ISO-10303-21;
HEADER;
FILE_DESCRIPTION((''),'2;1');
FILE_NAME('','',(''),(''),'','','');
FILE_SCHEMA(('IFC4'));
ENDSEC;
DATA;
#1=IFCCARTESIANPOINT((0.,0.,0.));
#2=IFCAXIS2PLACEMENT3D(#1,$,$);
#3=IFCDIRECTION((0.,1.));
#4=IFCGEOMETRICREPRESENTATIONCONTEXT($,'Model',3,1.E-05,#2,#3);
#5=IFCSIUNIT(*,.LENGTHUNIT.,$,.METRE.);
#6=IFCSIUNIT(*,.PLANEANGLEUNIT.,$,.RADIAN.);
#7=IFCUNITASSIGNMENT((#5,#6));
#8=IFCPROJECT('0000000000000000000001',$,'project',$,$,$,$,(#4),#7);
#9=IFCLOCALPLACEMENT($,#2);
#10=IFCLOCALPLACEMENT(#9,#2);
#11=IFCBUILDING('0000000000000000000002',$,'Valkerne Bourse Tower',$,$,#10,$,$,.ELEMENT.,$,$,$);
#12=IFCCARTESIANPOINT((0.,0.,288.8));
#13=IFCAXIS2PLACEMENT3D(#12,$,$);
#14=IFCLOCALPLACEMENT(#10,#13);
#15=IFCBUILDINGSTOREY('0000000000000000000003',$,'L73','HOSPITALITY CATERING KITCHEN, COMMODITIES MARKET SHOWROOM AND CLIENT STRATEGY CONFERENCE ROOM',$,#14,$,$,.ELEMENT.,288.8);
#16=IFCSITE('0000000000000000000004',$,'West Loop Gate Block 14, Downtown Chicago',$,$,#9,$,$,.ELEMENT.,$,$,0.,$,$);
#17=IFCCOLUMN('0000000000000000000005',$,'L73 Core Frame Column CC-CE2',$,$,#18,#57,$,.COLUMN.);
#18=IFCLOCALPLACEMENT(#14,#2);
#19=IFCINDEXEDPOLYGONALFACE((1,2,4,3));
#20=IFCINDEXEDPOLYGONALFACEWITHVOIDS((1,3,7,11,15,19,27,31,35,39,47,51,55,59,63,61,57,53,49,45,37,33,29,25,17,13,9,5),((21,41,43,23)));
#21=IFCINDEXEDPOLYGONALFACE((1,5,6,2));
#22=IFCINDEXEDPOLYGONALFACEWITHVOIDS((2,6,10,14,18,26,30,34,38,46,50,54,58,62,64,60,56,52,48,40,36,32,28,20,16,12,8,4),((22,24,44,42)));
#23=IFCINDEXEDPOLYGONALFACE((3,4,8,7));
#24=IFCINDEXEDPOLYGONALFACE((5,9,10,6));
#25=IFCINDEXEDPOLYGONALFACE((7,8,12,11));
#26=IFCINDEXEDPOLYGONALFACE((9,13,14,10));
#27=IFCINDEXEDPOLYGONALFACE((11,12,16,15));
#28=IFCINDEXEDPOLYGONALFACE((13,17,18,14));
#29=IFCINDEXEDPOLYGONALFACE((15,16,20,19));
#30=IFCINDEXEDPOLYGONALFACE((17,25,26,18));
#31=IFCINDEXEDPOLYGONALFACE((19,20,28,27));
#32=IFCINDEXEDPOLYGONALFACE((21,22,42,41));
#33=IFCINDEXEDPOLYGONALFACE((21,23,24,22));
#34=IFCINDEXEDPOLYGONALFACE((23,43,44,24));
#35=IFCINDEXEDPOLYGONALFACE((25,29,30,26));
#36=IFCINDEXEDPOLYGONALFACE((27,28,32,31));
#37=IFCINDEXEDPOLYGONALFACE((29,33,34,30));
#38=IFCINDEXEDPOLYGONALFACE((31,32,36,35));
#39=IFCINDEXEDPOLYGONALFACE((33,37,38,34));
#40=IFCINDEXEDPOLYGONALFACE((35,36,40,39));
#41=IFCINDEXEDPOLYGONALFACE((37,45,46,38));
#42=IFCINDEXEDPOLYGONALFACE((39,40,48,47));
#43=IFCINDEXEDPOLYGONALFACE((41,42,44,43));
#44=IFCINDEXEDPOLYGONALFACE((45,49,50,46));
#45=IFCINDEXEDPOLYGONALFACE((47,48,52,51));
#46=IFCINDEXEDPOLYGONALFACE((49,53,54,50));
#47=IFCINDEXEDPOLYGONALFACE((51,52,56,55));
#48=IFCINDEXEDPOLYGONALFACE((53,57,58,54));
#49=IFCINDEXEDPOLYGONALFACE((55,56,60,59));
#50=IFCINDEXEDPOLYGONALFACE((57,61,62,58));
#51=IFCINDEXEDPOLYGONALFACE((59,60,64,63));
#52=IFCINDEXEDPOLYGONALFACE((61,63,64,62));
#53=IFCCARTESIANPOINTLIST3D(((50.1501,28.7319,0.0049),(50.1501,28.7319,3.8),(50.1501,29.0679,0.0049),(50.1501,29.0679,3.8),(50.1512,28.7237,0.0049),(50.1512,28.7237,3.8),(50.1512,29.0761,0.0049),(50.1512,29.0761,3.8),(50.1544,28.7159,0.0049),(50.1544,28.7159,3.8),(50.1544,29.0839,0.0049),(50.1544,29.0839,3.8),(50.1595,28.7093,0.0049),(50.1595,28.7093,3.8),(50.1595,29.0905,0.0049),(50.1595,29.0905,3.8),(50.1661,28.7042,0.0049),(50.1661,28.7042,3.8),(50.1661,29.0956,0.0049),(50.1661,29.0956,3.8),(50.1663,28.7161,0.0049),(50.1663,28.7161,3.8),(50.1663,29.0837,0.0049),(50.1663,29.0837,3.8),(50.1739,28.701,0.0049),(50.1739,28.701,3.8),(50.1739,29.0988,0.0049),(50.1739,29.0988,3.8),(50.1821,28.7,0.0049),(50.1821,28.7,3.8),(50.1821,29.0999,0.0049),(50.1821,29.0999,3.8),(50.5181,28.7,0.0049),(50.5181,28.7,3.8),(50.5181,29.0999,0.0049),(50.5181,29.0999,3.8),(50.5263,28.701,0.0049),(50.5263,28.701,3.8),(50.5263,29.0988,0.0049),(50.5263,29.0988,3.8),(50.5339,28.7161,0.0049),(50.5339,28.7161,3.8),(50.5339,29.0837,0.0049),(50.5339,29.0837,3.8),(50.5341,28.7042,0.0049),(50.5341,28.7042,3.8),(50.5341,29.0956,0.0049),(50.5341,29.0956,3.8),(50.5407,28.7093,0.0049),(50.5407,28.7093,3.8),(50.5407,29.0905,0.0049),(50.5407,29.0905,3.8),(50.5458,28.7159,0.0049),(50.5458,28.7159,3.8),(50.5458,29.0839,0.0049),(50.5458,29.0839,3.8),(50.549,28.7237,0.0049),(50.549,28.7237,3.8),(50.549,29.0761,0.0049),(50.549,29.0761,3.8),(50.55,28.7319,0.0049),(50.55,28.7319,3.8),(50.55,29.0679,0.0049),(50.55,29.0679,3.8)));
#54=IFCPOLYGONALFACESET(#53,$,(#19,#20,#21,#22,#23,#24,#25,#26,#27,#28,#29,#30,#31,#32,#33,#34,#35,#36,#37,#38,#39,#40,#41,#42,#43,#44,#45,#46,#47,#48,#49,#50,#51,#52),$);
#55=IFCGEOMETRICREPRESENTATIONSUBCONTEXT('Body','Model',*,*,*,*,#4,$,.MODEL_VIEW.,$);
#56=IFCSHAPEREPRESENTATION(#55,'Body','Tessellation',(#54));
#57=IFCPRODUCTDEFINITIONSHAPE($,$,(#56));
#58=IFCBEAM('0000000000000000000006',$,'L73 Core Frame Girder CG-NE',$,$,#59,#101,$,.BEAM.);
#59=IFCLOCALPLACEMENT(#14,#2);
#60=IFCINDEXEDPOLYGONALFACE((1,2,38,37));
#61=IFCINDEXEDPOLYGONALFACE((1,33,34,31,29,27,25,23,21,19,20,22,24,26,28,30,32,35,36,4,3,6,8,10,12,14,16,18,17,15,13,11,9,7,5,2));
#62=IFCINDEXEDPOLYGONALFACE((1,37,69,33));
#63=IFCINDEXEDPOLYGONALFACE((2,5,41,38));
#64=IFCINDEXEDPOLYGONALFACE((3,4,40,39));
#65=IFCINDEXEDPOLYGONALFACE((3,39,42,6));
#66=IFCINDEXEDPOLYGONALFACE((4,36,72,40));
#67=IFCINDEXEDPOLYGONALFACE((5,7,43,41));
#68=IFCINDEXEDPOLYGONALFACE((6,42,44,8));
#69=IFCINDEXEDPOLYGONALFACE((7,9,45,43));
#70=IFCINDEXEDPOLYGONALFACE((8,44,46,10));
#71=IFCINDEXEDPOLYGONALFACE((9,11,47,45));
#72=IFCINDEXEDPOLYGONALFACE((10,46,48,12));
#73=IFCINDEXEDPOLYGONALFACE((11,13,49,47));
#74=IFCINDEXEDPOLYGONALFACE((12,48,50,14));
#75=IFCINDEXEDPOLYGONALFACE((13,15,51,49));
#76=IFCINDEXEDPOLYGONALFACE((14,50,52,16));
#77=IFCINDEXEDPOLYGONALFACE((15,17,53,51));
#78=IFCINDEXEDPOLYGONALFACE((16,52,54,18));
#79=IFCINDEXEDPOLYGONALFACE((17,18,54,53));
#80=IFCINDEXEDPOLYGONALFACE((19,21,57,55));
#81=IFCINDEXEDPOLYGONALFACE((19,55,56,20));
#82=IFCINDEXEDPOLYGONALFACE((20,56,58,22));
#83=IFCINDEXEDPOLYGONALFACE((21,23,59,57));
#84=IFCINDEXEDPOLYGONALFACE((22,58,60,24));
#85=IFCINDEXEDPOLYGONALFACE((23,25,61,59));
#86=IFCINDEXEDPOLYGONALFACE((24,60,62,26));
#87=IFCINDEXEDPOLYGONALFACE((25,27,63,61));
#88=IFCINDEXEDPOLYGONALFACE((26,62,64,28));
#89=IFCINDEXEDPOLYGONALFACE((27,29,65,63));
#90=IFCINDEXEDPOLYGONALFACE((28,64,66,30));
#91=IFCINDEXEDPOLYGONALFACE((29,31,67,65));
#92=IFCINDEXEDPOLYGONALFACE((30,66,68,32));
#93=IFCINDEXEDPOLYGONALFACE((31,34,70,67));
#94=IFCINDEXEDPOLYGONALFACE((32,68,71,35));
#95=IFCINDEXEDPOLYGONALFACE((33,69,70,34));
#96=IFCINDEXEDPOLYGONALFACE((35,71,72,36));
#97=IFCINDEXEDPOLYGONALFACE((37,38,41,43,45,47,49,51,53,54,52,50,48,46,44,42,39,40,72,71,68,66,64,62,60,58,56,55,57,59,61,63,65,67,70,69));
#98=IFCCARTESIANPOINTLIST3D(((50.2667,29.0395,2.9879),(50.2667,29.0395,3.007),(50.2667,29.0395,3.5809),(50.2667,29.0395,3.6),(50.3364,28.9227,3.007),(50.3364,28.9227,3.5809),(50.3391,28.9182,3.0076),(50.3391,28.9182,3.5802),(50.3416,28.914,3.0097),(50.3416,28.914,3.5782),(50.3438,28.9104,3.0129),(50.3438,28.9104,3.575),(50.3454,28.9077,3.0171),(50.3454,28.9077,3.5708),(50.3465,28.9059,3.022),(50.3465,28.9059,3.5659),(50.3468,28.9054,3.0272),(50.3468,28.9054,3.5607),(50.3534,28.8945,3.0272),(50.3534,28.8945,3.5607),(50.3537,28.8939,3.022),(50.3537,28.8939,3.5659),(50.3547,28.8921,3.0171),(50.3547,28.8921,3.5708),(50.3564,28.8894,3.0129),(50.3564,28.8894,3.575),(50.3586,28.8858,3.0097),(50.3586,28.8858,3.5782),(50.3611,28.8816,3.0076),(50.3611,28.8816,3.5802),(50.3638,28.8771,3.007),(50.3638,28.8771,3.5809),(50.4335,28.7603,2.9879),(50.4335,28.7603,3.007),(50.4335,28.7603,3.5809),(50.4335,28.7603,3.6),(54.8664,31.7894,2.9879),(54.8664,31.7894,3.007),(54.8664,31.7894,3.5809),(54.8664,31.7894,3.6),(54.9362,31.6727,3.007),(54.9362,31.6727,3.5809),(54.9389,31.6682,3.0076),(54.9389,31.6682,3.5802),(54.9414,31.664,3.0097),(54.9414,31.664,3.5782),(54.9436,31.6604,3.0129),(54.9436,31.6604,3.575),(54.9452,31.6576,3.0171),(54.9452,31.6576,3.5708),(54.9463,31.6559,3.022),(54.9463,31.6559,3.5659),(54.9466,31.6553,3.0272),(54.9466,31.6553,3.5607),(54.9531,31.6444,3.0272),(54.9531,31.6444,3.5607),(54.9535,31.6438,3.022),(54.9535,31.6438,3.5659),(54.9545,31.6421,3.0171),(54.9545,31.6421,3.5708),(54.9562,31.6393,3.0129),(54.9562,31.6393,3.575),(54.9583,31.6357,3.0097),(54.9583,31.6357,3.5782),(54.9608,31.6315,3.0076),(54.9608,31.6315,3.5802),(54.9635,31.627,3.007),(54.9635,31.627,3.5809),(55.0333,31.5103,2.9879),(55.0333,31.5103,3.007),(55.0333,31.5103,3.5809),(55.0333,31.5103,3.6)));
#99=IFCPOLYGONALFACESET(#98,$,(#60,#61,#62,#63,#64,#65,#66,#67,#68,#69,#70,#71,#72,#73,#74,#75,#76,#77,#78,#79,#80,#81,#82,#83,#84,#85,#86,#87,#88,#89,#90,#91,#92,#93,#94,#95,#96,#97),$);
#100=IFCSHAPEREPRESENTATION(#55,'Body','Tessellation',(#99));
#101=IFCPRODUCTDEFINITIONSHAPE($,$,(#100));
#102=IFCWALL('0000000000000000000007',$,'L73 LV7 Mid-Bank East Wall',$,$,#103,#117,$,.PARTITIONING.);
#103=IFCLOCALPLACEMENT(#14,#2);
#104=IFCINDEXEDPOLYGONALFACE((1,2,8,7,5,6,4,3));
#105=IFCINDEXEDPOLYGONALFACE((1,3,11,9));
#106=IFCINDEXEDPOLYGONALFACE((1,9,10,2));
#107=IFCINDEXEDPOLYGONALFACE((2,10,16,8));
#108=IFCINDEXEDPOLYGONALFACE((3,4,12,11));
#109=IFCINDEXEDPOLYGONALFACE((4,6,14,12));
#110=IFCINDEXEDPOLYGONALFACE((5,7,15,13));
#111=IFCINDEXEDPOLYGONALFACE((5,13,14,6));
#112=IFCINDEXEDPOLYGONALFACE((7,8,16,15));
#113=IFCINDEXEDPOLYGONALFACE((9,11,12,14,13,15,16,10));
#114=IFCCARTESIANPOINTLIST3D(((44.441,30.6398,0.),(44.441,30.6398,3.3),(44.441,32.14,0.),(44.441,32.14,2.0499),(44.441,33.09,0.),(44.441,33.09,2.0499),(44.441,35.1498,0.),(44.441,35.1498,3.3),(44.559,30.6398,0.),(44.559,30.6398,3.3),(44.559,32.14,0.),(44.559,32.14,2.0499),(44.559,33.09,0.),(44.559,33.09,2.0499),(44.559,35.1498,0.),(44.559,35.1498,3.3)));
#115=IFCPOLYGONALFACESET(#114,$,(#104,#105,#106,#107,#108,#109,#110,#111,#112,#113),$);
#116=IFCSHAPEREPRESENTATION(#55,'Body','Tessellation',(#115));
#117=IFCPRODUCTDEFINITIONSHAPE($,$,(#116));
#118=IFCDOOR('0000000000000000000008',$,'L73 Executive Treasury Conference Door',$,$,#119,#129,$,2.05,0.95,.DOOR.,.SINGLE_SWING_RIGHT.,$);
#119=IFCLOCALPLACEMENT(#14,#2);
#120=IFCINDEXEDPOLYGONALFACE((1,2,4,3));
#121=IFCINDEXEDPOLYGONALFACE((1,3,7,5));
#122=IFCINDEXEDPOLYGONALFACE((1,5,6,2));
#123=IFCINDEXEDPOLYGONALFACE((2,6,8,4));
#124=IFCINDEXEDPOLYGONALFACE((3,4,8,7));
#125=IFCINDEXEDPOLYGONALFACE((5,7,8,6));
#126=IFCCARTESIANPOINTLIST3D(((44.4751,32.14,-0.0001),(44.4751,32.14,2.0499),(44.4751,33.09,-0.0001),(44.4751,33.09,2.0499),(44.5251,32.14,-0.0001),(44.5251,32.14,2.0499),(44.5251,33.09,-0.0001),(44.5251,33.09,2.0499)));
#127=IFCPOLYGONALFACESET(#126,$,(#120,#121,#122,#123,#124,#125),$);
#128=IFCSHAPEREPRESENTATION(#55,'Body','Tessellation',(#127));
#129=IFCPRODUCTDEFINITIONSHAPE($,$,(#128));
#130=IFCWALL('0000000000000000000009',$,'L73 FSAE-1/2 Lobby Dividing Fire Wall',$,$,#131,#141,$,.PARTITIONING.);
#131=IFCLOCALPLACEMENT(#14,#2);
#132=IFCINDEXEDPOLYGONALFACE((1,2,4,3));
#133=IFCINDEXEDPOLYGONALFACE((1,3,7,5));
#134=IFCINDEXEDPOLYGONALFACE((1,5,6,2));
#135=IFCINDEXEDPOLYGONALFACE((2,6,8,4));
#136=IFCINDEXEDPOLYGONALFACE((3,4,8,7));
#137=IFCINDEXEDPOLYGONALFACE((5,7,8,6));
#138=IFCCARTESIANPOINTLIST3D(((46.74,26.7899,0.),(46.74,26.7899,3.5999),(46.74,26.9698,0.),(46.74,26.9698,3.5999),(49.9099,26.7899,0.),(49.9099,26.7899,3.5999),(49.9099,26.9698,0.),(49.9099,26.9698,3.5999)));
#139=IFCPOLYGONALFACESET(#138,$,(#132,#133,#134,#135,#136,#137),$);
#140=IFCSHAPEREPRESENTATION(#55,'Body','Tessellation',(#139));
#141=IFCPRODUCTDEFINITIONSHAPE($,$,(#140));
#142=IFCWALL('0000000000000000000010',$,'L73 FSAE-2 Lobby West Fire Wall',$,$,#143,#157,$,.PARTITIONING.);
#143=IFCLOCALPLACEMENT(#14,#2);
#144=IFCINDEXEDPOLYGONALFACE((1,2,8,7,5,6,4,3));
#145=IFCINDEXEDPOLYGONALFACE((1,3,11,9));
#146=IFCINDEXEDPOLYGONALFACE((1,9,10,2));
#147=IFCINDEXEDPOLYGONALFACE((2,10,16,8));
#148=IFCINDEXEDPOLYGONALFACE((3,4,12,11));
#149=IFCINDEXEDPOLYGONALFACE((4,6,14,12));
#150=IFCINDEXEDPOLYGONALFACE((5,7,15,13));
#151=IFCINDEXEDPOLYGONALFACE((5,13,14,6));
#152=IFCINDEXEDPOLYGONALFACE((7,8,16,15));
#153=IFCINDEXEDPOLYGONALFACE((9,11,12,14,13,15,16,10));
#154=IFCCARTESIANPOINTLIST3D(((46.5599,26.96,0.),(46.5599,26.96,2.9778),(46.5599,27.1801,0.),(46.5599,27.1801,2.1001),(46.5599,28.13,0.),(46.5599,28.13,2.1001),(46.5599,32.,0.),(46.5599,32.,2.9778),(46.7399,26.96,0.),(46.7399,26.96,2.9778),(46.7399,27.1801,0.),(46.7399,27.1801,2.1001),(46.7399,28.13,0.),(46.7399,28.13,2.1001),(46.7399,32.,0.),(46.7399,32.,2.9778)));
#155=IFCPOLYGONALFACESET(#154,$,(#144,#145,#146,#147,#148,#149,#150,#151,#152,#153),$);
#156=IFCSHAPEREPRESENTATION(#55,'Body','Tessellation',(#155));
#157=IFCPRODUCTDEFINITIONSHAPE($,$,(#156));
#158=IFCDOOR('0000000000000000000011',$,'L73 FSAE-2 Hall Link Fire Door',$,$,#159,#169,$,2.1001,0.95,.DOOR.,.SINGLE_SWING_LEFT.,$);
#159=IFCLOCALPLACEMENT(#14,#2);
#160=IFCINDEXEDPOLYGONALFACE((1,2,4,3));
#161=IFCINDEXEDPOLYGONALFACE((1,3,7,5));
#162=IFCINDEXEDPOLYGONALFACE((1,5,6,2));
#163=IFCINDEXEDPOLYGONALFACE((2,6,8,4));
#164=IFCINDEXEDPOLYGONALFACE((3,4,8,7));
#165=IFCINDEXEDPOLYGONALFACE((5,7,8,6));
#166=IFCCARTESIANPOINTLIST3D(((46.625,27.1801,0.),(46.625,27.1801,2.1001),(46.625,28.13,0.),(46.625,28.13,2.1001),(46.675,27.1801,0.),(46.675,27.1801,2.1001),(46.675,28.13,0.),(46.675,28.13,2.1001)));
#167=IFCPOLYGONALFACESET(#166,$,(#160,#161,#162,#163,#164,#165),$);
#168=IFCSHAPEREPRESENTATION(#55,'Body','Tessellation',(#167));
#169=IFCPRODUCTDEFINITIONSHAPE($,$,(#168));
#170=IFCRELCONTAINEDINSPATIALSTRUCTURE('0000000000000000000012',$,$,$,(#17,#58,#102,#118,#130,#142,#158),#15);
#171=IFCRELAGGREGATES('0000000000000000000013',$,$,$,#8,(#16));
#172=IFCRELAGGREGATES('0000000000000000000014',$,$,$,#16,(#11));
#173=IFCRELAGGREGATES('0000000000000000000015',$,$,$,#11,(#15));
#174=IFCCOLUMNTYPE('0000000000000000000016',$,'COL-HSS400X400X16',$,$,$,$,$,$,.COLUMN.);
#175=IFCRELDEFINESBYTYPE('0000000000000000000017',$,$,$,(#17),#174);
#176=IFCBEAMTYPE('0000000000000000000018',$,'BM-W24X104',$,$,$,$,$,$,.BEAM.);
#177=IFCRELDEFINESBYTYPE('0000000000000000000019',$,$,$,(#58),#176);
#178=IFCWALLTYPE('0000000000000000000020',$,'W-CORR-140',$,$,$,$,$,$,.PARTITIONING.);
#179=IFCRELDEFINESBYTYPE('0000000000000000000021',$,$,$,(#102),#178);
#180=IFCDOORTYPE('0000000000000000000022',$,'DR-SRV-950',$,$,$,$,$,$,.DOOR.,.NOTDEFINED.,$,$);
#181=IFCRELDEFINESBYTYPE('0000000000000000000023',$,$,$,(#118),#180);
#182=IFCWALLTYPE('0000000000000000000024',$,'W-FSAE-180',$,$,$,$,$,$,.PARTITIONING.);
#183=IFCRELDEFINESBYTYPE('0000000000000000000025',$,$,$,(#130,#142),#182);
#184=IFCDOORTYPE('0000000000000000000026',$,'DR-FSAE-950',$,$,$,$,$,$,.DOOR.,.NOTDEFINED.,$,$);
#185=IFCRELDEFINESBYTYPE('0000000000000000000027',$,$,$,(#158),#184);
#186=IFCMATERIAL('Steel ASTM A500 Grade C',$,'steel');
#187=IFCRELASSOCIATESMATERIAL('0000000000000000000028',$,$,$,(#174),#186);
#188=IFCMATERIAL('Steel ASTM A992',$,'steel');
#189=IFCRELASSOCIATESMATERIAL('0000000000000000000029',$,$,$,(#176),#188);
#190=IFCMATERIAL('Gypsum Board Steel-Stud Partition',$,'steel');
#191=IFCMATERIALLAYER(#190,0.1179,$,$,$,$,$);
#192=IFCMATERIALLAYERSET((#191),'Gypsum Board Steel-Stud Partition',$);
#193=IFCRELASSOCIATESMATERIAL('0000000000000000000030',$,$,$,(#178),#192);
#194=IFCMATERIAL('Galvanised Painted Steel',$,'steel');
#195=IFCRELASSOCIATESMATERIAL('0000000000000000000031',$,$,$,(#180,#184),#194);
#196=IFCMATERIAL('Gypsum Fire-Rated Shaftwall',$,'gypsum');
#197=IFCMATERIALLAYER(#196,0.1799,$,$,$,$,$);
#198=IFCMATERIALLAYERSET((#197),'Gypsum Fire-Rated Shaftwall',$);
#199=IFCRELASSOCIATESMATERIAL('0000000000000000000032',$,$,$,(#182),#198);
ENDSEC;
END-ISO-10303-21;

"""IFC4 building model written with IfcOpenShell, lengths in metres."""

from ifc_helpers import new_model, si_unit, direction, frame, frame_2d, origin, origin_2d, place, context, subcontext, project, spatial, rectangle, hollow_rectangle, i_section, extrude, material, layer, layer_set, material_profile, profile_set, type_object, element, fill, save


model = new_model("IFC4")

# Units and contexts
model_context = context("Model", 3, precision=1e-05, world=origin(), true_north=direction((0.0, 1.0)))
body_context = subcontext(model_context, "Body", "Model", "MODEL_VIEW")
ifc_project = project(units=[si_unit("LENGTHUNIT", "METRE"), si_unit("PLANEANGLEUNIT", "RADIAN")], contexts=[model_context])

# Site, building, storey
site_placement = place(None, origin())
site = spatial("IfcSite", under=ifc_project, at=site_placement, Name="West Loop Gate Block 14, Downtown Chicago", CompositionType="ELEMENT", RefElevation=0.0)
building_placement = place(site_placement, origin())
building = spatial("IfcBuilding", under=site, at=building_placement, Name="Valkerne Bourse Tower", CompositionType="ELEMENT")
storey_placement = place(building_placement, frame((0.0, 0.0, 288.8)))
storey = spatial("IfcBuildingStorey", under=building, at=storey_placement, Name="L73", Description="HOSPITALITY CATERING KITCHEN, COMMODITIES MARKET SHOWROOM AND CLIENT STRATEGY CONFERENCE ROOM", CompositionType="ELEMENT", Elevation=288.8)

# Column
ifc_material_1 = material(Name="Steel ASTM A500 Grade C", Category="steel")
ifc_material_profile_1 = material_profile(ifc_material_1, hollow_rectangle(XDim=0.3999, YDim=0.3999, WallThickness=0.0161, OuterFilletRadius=0.032, at=origin_2d()), Name="HSS400X400X16")
ifc_profile_set_1 = profile_set([ifc_material_profile_1], Name="Steel ASTM A500 Grade C")
column_type = type_object("IfcColumnType", Name="COL-HSS400X400X16", PredefinedType="COLUMN", material=ifc_profile_set_1)
column_placement = place(storey_placement, frame((50.3501, 28.8999, 0.0049), z_axis=(0.0, 0.0, 1.0), x_axis=(1.0, 0.0, 0.0)))
element("IfcColumn", 1, at=column_placement, inside=storey, type_object=column_type, Name="L73 Core Frame Column CC-CE2", PredefinedType="COLUMN", context=body_context, shape_type="SweptSolid", body=[
    extrude(hollow_rectangle(XDim=0.3999, YDim=0.3999, WallThickness=0.0161, OuterFilletRadius=0.032, at=origin_2d()), origin(), (0.0, 0.0, 1.0), 3.7952),
])

# Beam
ifc_material_2 = material(Name="Steel ASTM A992", Category="steel")
ifc_material_profile_2 = material_profile(ifc_material_2, i_section(OverallWidth=0.3252, OverallDepth=0.6121, WebThickness=0.0127, FlangeThickness=0.019, FilletRadius=0.0203, at=origin_2d()), Name="W24X104")
ifc_profile_set_2 = profile_set([ifc_material_profile_2], Name="Steel ASTM A992")
beam_type = type_object("IfcBeamType", Name="BM-W24X104", PredefinedType="BEAM", material=ifc_profile_set_2)
beam_placement = place(storey_placement, frame((50.3501, 28.8999, 3.2939), z_axis=(0.858308, 0.513135, 0.0), x_axis=(-0.513135, 0.858308, 0.0)))
element("IfcBeam", 2, at=beam_placement, inside=storey, type_object=beam_type, Name="L73 Core Frame Girder CG-NE", PredefinedType="BEAM", context=body_context, shape_type="SweptSolid", body=[
    extrude(i_section(OverallWidth=0.3252, OverallDepth=0.6121, WebThickness=0.0127, FlangeThickness=0.019, FilletRadius=0.0203, at=origin_2d()), origin(), (0.0, 0.0, 1.0), 5.3591),
])

# Wall, opening, door
ifc_material_3 = material(Name="Gypsum Board Steel-Stud Partition", Category="steel")
ifc_layer_1 = layer(ifc_material_3, 0.1179)
ifc_layer_set_1 = layer_set([ifc_layer_1], Name="Gypsum Board Steel-Stud Partition")
wall_type_1 = type_object("IfcWallType", Name="W-CORR-140", PredefinedType="PARTITIONING", material=ifc_layer_set_1)
wall_1_placement = place(storey_placement, frame((44.5, 30.6399, 0.0), z_axis=(0.0, 0.0, 1.0), x_axis=(0.0, 1.0, 0.0)))
wall_1 = element("IfcWall", 3, at=wall_1_placement, inside=storey, type_object=wall_type_1, Name="L73 LV7 Mid-Bank East Wall", PredefinedType="PARTITIONING", context=body_context, shape_type="SweptSolid", body=[
    extrude(rectangle(XDim=4.51, YDim=0.1179, at=frame_2d((2.2549, 0.0))), origin(), (0.0, 0.0, 1.0), 3.3),
])
opening_1_placement = place(wall_1_placement, frame((1.5, 0.0, 0.0)))
opening_1 = element("IfcOpeningElement", 4, at=opening_1_placement, cuts=wall_1, PredefinedType="OPENING", context=body_context, shape_type="SweptSolid", body=[
    extrude(rectangle(XDim=0.95, YDim=2.05, at=frame_2d((0.4751, 1.0249))), frame((0.0, 0.0688, 0.0), z_axis=(0.0, -1.0, 0.0), x_axis=(1.0, 0.0, 0.0)), (0.0, 0.0, 1.0), 0.1379),
])
ifc_material_4 = material(Name="Galvanised Painted Steel", Category="steel")
door_type_1 = type_object("IfcDoorType", Name="DR-SRV-950", OperationType="NOTDEFINED", PredefinedType="DOOR", material=ifc_material_4)
door_1_placement = place(opening_1_placement, origin())
door_1 = element("IfcDoor", 5, at=door_1_placement, inside=storey, type_object=door_type_1, Name="L73 Executive Treasury Conference Door", OperationType="SINGLE_SWING_RIGHT", OverallHeight=2.05, OverallWidth=0.95, PredefinedType="DOOR", context=body_context, shape_type="SweptSolid", body=[
    extrude(rectangle(XDim=0.95, YDim=2.05, at=frame_2d((0.4751, 1.0249))), frame((0.0, 0.0249, 0.0), z_axis=(0.0, -1.0, 0.0), x_axis=(1.0, 0.0, 0.0)), (0.0, 0.0, 1.0), 0.05),
])
fill(opening_1, door_1)

# Wall
ifc_material_5 = material(Name="Gypsum Fire-Rated Shaftwall", Category="gypsum")
ifc_layer_2 = layer(ifc_material_5, 0.1799)
ifc_layer_set_2 = layer_set([ifc_layer_2], Name="Gypsum Fire-Rated Shaftwall")
wall_type_2 = type_object("IfcWallType", Name="W-FSAE-180", PredefinedType="PARTITIONING", material=ifc_layer_set_2)
wall_2_placement = place(storey_placement, frame((46.74, 26.8799, 0.0), z_axis=(0.0, 0.0, 1.0), x_axis=(1.0, 0.0, 0.0)))
element("IfcWall", 6, at=wall_2_placement, inside=storey, type_object=wall_type_2, Name="L73 FSAE-1/2 Lobby Dividing Fire Wall", PredefinedType="PARTITIONING", context=body_context, shape_type="SweptSolid", body=[
    extrude(rectangle(XDim=3.1699, YDim=0.1799, at=frame_2d((1.585, 0.0))), origin(), (0.0, 0.0, 1.0), 3.5999),
])

# Wall, opening, door
wall_3_placement = place(storey_placement, frame((46.6499, 26.96, 0.0), z_axis=(0.0, 0.0, 1.0), x_axis=(0.0, 1.0, 0.0)))
wall_3 = element("IfcWall", 7, at=wall_3_placement, inside=storey, type_object=wall_type_2, Name="L73 FSAE-2 Lobby West Fire Wall", PredefinedType="PARTITIONING", context=body_context, shape_type="SweptSolid", body=[
    extrude(rectangle(XDim=5.04, YDim=0.1799, at=frame_2d((2.52, 0.0))), origin(), (0.0, 0.0, 1.0), 2.9778),
])
opening_2_placement = place(wall_3_placement, frame((0.22, 0.0, 0.0)))
opening_2 = element("IfcOpeningElement", 8, at=opening_2_placement, cuts=wall_3, PredefinedType="OPENING", context=body_context, shape_type="SweptSolid", body=[
    extrude(rectangle(XDim=0.95, YDim=2.1001, at=frame_2d((0.4751, 1.05))), frame((0.0, 0.0999, 0.0), z_axis=(0.0, -1.0, 0.0), x_axis=(1.0, 0.0, 0.0)), (0.0, 0.0, 1.0), 0.2),
])
door_type_2 = type_object("IfcDoorType", Name="DR-FSAE-950", OperationType="NOTDEFINED", PredefinedType="DOOR", material=ifc_material_4)
door_2_placement = place(opening_2_placement, origin())
door_2 = element("IfcDoor", 9, at=door_2_placement, inside=storey, type_object=door_type_2, Name="L73 FSAE-2 Hall Link Fire Door", OperationType="SINGLE_SWING_LEFT", OverallHeight=2.1001, OverallWidth=0.95, PredefinedType="DOOR", context=body_context, shape_type="SweptSolid", body=[
    extrude(rectangle(XDim=0.95, YDim=2.1001, at=frame_2d((0.4751, 1.05))), frame((0.0, 0.0249, 0.0), z_axis=(0.0, -1.0, 0.0), x_axis=(1.0, 0.0, 0.0)), (0.0, 0.0, 1.0), 0.05),
])
fill(opening_2, door_2)

save(model, "model.ifc")
